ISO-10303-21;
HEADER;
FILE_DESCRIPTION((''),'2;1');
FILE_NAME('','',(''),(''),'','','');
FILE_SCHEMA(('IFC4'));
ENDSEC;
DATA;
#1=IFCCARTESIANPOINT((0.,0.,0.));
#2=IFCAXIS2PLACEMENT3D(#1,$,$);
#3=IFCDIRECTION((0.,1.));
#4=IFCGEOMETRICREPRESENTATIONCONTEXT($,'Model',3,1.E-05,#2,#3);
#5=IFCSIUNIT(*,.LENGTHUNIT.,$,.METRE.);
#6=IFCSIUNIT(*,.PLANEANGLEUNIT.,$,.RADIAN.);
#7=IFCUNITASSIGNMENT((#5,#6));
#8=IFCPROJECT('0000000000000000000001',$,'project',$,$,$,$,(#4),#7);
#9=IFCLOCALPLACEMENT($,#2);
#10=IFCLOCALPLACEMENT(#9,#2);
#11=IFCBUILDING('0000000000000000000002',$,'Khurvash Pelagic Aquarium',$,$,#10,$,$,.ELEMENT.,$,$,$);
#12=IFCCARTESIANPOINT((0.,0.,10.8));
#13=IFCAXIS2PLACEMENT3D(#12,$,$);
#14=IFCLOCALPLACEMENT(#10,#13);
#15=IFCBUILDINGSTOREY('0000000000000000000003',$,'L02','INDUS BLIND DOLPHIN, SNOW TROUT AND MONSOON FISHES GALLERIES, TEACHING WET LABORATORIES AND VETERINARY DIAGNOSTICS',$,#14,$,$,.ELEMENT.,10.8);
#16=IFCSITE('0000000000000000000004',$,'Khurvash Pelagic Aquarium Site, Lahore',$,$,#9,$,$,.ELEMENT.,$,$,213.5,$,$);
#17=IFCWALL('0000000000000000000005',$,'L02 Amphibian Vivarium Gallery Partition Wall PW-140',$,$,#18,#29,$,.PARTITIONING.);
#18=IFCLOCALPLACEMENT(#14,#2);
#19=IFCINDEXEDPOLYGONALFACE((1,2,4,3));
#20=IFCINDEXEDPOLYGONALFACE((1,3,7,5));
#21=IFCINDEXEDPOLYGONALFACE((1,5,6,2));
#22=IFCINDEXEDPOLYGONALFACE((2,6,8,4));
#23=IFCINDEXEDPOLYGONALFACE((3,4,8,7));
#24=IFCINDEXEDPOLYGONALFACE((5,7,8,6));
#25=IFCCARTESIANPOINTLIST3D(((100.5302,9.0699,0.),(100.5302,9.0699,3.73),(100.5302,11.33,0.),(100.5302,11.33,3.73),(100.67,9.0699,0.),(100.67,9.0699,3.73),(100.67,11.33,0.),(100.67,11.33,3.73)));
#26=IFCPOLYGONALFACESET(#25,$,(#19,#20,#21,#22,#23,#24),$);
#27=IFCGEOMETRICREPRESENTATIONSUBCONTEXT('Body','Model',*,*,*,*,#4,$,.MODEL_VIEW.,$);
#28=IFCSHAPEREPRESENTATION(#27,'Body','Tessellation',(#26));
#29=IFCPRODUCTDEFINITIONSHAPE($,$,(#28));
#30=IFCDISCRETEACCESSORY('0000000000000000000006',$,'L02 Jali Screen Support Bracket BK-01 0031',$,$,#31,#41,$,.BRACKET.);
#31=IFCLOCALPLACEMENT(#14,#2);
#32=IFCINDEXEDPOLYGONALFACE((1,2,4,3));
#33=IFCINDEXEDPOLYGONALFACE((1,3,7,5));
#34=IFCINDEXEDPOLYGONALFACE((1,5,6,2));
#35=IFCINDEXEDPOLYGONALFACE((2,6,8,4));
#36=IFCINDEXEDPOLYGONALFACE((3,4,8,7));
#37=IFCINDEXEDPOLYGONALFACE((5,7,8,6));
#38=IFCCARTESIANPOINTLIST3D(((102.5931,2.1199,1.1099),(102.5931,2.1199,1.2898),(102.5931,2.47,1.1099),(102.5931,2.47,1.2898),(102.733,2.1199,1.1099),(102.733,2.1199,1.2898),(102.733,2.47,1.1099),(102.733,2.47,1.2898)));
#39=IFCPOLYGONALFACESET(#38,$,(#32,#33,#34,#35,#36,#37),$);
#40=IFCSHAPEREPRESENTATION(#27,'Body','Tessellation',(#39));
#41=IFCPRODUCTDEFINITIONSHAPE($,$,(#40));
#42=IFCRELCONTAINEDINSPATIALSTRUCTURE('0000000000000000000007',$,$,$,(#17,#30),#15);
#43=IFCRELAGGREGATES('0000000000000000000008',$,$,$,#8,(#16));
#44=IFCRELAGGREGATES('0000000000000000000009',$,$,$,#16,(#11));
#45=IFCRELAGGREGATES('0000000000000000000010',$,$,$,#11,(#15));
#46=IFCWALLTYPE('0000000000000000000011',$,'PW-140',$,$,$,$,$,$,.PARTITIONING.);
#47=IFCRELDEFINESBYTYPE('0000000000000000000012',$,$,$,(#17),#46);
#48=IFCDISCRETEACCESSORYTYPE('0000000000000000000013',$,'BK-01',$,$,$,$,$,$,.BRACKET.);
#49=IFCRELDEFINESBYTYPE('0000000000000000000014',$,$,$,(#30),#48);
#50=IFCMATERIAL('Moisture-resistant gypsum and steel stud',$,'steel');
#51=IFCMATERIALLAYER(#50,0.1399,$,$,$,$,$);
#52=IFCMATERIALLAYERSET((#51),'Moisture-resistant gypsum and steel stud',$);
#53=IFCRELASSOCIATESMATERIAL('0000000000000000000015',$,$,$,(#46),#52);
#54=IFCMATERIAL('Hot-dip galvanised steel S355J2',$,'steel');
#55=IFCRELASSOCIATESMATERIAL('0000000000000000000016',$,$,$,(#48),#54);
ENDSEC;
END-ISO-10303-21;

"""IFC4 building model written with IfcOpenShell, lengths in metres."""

from ifc_helpers import new_model, si_unit, direction, frame, frame_2d, origin, origin_2d, place, context, subcontext, project, spatial, rectangle, extrude, material, layer, layer_set, type_object, element, save


model = new_model("IFC4")

# Units and contexts
model_context = context("Model", 3, precision=1e-05, world=origin(), true_north=direction((0.0, 1.0)))
body_context = subcontext(model_context, "Body", "Model", "MODEL_VIEW")
ifc_project = project(units=[si_unit("LENGTHUNIT", "METRE"), si_unit("PLANEANGLEUNIT", "RADIAN")], contexts=[model_context])

# Site, building, storey
site_placement = place(None, origin())
site = spatial("IfcSite", under=ifc_project, at=site_placement, Name="Khurvash Pelagic Aquarium Site, Lahore", CompositionType="ELEMENT", RefElevation=213.5)
building_placement = place(site_placement, origin())
building = spatial("IfcBuilding", under=site, at=building_placement, Name="Khurvash Pelagic Aquarium", CompositionType="ELEMENT")
storey_placement = place(building_placement, frame((0.0, 0.0, 10.8)))
storey = spatial("IfcBuildingStorey", under=building, at=storey_placement, Name="L02", Description="INDUS BLIND DOLPHIN, SNOW TROUT AND MONSOON FISHES GALLERIES, TEACHING WET LABORATORIES AND VETERINARY DIAGNOSTICS", CompositionType="ELEMENT", Elevation=10.8)

# Wall
ifc_material_1 = material(Name="Moisture-resistant gypsum and steel stud", Category="steel")
ifc_layer_1 = layer(ifc_material_1, 0.1399)
ifc_layer_set_1 = layer_set([ifc_layer_1], Name="Moisture-resistant gypsum and steel stud")
wall_type_1 = type_object("IfcWallType", Name="PW-140", PredefinedType="PARTITIONING", material=ifc_layer_set_1)
wall_1_placement = place(storey_placement, frame((100.6001, 9.0701, 0.0), z_axis=(0.0, 0.0, 1.0), x_axis=(0.0, 1.0, 0.0)))
element("IfcWall", 1, at=wall_1_placement, inside=storey, type_object=wall_type_1, Name="L02 Amphibian Vivarium Gallery Partition Wall PW-140", PredefinedType="PARTITIONING", context=body_context, shape_type="SweptSolid", body=[
    extrude(rectangle(XDim=2.26, YDim=0.1399, at=frame_2d((1.1299, 0.0))), origin(), (0.0, 0.0, 1.0), 3.73),
])

# Discrete accessory
ifc_material_2 = material(Name="Hot-dip galvanised steel S355J2", Category="steel")
discrete_accessory_type = type_object("IfcDiscreteAccessoryType", Name="BK-01", PredefinedType="BRACKET", material=ifc_material_2)
discrete_accessory_placement = place(storey_placement, frame((102.6631, 2.2949, 1.1099), z_axis=(0.0, 0.0, 1.0), x_axis=(1.0, 0.0, 0.0)))
element("IfcDiscreteAccessory", 2, at=discrete_accessory_placement, inside=storey, type_object=discrete_accessory_type, Name="L02 Jali Screen Support Bracket BK-01 0031", PredefinedType="BRACKET", context=body_context, shape_type="SweptSolid", body=[
    extrude(rectangle(XDim=0.1399, YDim=0.3501, at=origin_2d()), origin(), (0.0, 0.0, 1.0), 0.1799),
])

save(model, "model.ifc")
